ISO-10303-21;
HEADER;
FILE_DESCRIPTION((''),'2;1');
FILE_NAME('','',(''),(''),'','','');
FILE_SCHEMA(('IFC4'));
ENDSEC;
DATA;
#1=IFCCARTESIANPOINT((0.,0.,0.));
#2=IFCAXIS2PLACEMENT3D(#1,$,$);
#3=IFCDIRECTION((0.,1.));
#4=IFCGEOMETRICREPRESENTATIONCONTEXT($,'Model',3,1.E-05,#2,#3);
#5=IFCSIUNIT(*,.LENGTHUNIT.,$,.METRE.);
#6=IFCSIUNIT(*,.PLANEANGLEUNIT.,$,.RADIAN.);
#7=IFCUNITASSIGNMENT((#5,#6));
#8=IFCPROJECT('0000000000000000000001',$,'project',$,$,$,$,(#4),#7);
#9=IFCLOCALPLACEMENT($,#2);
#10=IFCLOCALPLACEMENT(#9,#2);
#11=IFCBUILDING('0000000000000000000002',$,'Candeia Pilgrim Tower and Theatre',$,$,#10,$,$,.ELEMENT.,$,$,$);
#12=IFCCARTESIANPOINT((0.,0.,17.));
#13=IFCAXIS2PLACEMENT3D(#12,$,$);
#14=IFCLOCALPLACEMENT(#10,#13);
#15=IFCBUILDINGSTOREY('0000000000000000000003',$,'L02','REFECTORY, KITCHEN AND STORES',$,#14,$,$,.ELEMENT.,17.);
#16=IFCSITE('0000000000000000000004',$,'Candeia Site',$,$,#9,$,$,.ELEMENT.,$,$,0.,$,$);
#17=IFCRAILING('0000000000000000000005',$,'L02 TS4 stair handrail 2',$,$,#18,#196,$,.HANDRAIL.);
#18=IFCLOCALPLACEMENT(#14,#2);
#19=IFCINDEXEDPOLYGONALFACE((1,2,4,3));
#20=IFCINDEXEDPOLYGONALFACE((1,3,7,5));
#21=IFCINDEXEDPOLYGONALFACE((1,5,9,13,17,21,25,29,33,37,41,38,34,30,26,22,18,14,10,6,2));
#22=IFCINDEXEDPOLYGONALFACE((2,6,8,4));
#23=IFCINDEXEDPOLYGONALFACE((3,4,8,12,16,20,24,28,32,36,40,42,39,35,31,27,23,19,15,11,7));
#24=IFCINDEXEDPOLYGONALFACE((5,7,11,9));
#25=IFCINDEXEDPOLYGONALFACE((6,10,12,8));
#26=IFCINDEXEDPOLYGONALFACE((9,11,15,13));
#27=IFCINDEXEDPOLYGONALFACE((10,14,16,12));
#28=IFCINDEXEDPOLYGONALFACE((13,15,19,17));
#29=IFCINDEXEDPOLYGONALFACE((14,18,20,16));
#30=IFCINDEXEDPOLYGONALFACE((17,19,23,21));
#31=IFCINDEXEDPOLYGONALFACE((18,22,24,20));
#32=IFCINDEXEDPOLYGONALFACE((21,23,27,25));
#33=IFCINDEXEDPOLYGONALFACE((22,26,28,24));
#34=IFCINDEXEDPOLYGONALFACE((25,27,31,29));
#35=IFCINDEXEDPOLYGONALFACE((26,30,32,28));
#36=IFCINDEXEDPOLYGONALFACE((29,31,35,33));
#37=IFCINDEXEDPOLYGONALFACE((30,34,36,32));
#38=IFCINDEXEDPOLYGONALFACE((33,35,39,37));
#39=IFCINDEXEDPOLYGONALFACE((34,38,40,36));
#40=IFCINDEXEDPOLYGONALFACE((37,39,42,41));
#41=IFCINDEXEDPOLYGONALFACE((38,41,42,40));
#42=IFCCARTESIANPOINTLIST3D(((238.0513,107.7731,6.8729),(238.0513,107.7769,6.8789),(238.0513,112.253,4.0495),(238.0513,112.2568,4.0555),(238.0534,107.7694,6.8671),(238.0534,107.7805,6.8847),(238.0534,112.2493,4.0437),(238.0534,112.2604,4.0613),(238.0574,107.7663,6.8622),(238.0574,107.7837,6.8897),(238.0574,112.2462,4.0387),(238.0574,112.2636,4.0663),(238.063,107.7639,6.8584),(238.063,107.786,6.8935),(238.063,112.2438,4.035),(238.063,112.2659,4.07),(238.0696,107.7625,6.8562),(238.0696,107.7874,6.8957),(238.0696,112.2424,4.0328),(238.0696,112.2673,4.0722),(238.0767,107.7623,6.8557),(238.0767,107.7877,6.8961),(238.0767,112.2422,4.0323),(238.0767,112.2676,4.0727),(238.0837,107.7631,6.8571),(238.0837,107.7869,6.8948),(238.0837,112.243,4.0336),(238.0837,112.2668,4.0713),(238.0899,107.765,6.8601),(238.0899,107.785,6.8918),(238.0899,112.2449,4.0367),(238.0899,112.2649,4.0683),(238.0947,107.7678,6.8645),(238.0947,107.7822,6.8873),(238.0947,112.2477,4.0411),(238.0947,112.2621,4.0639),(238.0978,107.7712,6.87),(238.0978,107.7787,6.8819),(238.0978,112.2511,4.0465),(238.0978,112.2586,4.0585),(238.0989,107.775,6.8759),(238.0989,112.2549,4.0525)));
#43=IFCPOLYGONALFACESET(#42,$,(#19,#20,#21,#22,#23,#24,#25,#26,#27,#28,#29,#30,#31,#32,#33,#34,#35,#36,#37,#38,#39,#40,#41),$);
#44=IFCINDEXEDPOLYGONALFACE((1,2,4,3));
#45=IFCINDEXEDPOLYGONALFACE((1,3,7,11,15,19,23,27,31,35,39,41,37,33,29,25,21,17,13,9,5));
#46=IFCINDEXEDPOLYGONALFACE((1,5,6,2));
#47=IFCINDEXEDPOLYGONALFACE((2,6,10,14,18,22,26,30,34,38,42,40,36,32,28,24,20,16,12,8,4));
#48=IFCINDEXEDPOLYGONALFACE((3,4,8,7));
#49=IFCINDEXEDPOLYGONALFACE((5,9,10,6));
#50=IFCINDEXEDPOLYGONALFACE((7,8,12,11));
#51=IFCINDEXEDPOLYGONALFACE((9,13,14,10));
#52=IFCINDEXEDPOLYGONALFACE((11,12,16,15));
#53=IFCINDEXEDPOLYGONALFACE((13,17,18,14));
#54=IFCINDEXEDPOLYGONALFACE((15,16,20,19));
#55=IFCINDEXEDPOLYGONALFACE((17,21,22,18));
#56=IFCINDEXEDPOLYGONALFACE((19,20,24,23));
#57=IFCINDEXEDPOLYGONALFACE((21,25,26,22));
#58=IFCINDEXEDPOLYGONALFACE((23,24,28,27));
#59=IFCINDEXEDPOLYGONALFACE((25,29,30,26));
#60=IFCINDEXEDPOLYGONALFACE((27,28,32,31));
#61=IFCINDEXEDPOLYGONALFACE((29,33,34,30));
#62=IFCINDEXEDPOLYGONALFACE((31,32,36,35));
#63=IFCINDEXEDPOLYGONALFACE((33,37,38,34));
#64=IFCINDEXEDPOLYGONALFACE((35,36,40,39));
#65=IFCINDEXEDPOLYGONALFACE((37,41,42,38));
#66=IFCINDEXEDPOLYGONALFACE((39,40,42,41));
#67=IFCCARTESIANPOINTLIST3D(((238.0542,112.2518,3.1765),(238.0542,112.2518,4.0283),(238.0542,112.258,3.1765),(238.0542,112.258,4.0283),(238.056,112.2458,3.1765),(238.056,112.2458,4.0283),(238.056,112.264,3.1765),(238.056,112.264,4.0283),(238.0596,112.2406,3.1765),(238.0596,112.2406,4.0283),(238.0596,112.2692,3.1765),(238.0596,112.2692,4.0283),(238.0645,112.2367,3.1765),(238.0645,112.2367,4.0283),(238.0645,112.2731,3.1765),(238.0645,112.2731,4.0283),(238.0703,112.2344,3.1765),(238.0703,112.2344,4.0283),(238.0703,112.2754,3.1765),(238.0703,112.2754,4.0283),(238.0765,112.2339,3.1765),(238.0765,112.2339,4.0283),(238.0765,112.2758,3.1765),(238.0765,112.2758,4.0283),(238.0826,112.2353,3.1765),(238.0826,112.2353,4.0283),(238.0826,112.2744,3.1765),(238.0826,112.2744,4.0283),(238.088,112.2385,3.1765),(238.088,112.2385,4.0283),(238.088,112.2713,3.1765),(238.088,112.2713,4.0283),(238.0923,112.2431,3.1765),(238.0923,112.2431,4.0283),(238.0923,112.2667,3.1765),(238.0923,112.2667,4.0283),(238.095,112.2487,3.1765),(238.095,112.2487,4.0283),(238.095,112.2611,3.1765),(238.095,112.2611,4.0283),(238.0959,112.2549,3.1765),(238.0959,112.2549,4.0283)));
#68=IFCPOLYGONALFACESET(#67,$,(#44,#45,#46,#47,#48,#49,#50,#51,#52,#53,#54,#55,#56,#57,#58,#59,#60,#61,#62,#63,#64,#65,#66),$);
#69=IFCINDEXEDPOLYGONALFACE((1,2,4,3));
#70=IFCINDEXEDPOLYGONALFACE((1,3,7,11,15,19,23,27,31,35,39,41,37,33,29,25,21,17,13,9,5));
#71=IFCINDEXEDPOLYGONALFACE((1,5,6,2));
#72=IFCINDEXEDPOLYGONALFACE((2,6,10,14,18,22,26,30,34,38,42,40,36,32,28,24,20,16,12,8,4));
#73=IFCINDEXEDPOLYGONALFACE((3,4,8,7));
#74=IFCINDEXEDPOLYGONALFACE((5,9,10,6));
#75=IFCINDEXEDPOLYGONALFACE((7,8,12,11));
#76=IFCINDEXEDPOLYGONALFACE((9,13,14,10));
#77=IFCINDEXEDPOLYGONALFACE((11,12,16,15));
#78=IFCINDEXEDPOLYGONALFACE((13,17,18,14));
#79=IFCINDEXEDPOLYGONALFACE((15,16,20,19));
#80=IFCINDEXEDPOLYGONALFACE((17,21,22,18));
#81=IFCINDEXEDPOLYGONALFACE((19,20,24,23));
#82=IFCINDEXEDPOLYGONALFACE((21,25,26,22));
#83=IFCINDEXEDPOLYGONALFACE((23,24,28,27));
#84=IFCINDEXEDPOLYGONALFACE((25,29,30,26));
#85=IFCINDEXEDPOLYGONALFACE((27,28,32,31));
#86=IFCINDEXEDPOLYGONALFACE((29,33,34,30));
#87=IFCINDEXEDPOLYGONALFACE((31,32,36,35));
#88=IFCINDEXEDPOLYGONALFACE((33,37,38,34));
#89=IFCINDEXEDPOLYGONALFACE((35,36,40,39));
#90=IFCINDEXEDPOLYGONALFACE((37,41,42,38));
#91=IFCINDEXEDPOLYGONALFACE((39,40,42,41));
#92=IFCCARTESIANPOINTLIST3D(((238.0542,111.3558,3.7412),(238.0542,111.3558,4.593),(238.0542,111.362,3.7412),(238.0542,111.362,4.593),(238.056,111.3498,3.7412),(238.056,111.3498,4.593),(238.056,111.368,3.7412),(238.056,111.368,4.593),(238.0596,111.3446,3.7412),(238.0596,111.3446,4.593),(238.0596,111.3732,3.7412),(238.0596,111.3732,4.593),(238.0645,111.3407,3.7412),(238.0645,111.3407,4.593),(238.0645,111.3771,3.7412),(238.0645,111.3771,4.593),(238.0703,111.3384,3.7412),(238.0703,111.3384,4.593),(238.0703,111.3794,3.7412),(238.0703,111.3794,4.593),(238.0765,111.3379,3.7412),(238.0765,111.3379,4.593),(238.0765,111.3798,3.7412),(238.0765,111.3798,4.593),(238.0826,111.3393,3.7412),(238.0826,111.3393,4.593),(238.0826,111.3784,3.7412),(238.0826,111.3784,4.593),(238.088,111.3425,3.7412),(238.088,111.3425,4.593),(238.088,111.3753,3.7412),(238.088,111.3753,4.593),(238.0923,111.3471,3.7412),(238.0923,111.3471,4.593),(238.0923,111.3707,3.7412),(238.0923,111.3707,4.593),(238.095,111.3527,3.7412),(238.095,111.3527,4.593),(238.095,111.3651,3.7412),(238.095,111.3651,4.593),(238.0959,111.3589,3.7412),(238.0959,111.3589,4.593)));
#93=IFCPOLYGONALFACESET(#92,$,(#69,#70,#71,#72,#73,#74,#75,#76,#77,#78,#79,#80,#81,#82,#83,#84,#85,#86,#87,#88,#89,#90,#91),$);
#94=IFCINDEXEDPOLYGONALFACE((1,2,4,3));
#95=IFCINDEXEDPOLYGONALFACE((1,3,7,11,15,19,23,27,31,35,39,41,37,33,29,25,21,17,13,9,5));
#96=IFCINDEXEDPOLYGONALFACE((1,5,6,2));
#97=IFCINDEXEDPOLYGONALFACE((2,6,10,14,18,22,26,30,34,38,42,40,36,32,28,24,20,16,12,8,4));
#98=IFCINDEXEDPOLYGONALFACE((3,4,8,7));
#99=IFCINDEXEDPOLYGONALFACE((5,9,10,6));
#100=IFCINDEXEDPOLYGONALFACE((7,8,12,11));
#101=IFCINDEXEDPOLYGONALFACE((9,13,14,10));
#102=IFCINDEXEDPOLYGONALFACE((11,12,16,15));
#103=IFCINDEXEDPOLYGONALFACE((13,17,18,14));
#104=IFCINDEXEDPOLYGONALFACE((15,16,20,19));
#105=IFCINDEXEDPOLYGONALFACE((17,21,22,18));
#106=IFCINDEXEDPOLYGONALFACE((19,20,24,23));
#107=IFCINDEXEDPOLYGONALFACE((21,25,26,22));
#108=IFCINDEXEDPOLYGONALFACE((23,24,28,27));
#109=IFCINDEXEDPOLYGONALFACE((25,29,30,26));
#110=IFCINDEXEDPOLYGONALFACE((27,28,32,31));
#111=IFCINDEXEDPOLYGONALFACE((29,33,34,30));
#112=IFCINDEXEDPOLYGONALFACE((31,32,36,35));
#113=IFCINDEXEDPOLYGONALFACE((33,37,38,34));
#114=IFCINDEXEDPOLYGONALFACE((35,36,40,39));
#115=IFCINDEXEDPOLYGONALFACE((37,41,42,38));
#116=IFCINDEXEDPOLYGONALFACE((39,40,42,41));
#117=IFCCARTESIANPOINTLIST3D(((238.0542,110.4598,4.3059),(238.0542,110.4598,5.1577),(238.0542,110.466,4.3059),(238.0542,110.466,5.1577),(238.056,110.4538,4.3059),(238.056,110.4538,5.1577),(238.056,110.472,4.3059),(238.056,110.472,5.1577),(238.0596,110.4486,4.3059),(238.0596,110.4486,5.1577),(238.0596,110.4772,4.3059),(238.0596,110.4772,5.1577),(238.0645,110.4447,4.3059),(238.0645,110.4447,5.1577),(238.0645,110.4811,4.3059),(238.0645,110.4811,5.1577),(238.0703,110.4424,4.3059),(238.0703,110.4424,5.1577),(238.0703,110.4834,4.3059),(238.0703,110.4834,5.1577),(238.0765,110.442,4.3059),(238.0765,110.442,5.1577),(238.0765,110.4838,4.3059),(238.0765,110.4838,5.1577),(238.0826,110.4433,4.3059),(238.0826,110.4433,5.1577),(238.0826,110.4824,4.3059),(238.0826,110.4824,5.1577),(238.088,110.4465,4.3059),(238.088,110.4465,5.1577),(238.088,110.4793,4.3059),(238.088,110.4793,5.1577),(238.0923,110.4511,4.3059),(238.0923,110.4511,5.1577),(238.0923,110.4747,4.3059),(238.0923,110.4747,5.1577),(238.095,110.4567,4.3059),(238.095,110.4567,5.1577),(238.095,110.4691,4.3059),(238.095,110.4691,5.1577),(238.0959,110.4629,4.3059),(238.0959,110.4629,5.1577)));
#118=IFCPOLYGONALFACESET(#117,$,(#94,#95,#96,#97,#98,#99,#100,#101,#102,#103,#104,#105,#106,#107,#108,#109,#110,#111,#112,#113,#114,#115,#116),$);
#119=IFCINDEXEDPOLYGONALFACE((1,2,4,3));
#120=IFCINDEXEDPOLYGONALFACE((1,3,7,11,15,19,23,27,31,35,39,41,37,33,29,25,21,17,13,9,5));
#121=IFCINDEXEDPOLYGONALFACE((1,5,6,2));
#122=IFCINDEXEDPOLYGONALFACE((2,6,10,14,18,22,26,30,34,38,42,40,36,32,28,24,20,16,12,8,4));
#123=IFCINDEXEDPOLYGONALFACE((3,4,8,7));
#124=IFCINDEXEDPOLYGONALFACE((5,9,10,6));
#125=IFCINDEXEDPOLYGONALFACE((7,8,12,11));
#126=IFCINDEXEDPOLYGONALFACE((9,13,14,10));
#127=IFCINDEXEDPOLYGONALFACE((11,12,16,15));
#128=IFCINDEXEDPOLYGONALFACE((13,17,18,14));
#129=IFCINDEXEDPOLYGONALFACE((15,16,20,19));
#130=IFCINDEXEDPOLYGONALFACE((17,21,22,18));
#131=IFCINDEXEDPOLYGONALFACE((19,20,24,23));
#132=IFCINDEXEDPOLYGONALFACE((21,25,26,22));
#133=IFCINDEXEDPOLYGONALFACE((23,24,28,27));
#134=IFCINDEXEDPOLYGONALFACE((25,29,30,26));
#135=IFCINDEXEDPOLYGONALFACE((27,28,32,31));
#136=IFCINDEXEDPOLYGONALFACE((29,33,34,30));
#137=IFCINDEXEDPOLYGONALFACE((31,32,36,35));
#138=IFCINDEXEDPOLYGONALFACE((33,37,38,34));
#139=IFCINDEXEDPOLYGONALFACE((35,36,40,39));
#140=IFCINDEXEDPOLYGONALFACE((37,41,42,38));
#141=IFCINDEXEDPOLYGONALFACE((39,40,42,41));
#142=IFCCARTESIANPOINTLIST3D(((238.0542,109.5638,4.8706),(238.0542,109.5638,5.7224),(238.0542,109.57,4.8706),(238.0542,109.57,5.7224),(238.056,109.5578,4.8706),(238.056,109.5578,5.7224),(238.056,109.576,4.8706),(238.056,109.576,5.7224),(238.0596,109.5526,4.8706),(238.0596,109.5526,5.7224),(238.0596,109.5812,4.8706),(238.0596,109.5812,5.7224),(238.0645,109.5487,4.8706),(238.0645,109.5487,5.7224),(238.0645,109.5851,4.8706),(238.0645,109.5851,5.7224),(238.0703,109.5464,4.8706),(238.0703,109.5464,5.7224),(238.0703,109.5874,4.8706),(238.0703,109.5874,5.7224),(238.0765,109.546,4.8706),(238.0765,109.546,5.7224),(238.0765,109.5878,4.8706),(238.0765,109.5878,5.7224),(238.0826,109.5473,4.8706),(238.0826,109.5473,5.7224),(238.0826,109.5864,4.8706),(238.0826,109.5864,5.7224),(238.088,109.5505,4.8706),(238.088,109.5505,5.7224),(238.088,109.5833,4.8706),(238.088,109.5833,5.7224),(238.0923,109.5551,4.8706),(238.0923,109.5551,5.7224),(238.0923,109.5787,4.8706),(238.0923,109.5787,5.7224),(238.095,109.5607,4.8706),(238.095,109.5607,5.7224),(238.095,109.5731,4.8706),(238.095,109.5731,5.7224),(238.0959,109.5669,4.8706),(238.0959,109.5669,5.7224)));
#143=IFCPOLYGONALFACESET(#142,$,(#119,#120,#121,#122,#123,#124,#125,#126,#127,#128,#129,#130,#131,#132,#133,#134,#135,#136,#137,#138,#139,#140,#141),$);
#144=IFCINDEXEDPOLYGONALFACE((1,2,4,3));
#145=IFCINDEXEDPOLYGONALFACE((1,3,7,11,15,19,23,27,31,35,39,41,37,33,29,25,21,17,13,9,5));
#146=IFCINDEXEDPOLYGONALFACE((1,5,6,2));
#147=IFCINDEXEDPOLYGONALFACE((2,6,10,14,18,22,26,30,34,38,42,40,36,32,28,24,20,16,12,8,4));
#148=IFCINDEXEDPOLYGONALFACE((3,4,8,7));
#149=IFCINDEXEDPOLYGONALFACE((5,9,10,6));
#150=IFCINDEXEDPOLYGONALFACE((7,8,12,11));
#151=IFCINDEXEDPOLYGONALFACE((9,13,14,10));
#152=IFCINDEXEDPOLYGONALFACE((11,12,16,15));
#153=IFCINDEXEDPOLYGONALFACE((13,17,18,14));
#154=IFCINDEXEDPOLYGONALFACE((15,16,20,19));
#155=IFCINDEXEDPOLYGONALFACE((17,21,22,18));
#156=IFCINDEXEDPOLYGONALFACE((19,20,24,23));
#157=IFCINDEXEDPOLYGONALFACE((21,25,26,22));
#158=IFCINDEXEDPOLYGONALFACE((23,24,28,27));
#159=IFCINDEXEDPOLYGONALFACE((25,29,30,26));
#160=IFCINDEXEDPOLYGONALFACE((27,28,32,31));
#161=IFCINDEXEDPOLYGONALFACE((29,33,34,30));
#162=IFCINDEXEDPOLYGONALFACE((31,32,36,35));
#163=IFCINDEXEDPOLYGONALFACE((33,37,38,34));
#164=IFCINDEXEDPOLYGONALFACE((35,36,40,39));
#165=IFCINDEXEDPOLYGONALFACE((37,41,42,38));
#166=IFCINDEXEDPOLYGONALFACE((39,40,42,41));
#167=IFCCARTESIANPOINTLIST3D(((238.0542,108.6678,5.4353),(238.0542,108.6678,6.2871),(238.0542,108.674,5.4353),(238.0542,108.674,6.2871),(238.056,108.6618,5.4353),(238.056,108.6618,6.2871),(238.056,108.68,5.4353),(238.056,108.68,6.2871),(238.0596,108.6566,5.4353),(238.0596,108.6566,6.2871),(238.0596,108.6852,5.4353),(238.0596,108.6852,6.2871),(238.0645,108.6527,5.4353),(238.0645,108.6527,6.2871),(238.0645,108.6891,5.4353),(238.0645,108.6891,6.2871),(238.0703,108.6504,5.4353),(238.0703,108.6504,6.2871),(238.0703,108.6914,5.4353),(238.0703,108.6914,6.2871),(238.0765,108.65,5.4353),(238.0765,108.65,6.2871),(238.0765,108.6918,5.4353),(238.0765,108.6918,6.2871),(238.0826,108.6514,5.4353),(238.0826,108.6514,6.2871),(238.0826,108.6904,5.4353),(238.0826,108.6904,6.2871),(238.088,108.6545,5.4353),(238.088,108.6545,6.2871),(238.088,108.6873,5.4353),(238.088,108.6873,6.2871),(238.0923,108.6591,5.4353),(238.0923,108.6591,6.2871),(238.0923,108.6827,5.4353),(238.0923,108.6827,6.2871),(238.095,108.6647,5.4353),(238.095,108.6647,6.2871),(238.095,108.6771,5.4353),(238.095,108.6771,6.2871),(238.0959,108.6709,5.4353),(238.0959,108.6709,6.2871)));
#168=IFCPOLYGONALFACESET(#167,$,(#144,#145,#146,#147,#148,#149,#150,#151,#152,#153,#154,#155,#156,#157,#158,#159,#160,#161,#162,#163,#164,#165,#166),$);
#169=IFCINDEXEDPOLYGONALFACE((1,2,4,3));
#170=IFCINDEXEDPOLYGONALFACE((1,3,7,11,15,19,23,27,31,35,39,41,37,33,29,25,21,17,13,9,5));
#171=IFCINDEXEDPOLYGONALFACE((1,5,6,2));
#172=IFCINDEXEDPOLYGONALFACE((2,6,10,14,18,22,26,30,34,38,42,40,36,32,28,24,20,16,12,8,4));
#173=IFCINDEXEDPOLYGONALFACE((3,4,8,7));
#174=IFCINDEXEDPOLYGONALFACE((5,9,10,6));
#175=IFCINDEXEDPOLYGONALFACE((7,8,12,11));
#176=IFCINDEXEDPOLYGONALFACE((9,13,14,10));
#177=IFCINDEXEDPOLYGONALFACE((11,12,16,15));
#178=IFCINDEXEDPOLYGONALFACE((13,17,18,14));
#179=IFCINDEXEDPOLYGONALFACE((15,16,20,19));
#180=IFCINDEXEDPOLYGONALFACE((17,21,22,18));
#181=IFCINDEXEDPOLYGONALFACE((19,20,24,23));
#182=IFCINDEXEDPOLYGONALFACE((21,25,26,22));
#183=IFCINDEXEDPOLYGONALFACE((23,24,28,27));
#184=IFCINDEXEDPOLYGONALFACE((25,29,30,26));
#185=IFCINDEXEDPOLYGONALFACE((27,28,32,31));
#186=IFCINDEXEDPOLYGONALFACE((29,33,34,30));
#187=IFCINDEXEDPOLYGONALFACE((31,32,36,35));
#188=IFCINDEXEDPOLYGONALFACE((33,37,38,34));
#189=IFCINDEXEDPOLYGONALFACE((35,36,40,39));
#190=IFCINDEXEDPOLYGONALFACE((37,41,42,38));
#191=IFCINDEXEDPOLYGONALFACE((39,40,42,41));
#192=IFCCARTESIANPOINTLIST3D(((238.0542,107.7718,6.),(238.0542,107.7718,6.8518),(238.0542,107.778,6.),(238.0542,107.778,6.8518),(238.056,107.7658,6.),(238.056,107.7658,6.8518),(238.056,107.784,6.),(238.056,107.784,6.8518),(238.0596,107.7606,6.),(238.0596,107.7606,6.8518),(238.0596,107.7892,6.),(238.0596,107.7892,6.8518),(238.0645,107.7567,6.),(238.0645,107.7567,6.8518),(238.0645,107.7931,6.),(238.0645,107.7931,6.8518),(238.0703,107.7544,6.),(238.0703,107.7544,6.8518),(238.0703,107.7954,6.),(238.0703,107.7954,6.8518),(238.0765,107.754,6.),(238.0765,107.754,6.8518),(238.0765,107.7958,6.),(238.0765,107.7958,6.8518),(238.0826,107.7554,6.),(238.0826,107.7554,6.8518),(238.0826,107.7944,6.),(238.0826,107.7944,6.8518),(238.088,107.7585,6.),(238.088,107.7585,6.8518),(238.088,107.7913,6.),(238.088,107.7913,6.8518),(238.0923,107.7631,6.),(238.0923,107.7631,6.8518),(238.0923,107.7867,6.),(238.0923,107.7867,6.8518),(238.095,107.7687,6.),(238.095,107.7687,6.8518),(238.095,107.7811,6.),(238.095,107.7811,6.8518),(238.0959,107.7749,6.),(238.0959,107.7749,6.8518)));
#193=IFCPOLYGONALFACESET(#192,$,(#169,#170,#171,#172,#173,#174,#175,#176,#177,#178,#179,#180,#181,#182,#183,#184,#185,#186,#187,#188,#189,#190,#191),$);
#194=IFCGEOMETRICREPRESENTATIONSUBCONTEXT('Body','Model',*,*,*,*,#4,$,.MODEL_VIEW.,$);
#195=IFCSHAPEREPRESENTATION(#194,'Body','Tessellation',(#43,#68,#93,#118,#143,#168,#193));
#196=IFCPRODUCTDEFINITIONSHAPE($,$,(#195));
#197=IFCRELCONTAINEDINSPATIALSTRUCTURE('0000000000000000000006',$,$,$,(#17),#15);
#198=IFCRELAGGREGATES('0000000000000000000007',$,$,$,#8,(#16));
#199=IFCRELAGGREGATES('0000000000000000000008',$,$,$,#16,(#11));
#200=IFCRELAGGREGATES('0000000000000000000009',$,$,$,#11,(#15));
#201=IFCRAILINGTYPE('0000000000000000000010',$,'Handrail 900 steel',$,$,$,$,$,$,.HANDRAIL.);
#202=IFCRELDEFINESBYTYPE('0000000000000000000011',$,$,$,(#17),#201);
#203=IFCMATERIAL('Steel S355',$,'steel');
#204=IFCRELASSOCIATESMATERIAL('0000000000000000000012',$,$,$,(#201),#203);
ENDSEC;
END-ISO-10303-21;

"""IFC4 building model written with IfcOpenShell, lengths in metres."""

from ifc_helpers import new_model, si_unit, direction, frame, origin, origin_2d, place, context, subcontext, project, spatial, circle, extrude, material, type_object, element, save


model = new_model("IFC4")

# Units and contexts
model_context = context("Model", 3, precision=1e-05, world=origin(), true_north=direction((0.0, 1.0)))
body_context = subcontext(model_context, "Body", "Model", "MODEL_VIEW")
ifc_project = project(units=[si_unit("LENGTHUNIT", "METRE"), si_unit("PLANEANGLEUNIT", "RADIAN")], contexts=[model_context])

# Site, building, storey
site_placement = place(None, origin())
site = spatial("IfcSite", under=ifc_project, at=site_placement, Name="Candeia Site", CompositionType="ELEMENT", RefElevation=0.0)
building_placement = place(site_placement, origin())
building = spatial("IfcBuilding", under=site, at=building_placement, Name="Candeia Pilgrim Tower and Theatre", CompositionType="ELEMENT")
storey_placement = place(building_placement, frame((0.0, 0.0, 17.0)))
storey = spatial("IfcBuildingStorey", under=building, at=storey_placement, Name="L02", Description="REFECTORY, KITCHEN AND STORES", CompositionType="ELEMENT", Elevation=17.0)

# Railing
ifc_material_1 = material(Name="Steel S355", Category="steel")
railing_type_1 = type_object("IfcRailingType", Name="Handrail 900 steel", PredefinedType="HANDRAIL", material=ifc_material_1)
railing_1_placement = place(storey_placement, frame((238.075, 112.2549, 3.1765)))
element("IfcRailing", 1, at=railing_1_placement, inside=storey, type_object=railing_type_1, Name="L02 TS4 stair handrail 2", PredefinedType="HANDRAIL", context=body_context, shape_type="SweptSolid", body=[
    extrude(circle(Radius=0.0239, at=origin_2d()), frame((0.0, 0.0, 0.876), z_axis=(0.0, -0.845998, 0.533186), x_axis=(1.0, 0.0, 0.0)), (0.0, 0.0, 1.0), 5.2954),
    extrude(circle(Radius=0.021, at=origin_2d()), origin(), (0.0, 0.0, 1.0), 0.8518),
    extrude(circle(Radius=0.021, at=origin_2d()), frame((0.0, -0.896, 0.5647)), (0.0, 0.0, 1.0), 0.8518),
    extrude(circle(Radius=0.021, at=origin_2d()), frame((0.0, -1.792, 1.1294)), (0.0, 0.0, 1.0), 0.8518),
    extrude(circle(Radius=0.021, at=origin_2d()), frame((0.0, -2.688, 1.6941)), (0.0, 0.0, 1.0), 0.8518),
    extrude(circle(Radius=0.021, at=origin_2d()), frame((0.0, -3.584, 2.2588)), (0.0, 0.0, 1.0), 0.8518),
    extrude(circle(Radius=0.021, at=origin_2d()), frame((0.0, -4.48, 2.8235)), (0.0, 0.0, 1.0), 0.8518),
])

save(model, "model.ifc")
